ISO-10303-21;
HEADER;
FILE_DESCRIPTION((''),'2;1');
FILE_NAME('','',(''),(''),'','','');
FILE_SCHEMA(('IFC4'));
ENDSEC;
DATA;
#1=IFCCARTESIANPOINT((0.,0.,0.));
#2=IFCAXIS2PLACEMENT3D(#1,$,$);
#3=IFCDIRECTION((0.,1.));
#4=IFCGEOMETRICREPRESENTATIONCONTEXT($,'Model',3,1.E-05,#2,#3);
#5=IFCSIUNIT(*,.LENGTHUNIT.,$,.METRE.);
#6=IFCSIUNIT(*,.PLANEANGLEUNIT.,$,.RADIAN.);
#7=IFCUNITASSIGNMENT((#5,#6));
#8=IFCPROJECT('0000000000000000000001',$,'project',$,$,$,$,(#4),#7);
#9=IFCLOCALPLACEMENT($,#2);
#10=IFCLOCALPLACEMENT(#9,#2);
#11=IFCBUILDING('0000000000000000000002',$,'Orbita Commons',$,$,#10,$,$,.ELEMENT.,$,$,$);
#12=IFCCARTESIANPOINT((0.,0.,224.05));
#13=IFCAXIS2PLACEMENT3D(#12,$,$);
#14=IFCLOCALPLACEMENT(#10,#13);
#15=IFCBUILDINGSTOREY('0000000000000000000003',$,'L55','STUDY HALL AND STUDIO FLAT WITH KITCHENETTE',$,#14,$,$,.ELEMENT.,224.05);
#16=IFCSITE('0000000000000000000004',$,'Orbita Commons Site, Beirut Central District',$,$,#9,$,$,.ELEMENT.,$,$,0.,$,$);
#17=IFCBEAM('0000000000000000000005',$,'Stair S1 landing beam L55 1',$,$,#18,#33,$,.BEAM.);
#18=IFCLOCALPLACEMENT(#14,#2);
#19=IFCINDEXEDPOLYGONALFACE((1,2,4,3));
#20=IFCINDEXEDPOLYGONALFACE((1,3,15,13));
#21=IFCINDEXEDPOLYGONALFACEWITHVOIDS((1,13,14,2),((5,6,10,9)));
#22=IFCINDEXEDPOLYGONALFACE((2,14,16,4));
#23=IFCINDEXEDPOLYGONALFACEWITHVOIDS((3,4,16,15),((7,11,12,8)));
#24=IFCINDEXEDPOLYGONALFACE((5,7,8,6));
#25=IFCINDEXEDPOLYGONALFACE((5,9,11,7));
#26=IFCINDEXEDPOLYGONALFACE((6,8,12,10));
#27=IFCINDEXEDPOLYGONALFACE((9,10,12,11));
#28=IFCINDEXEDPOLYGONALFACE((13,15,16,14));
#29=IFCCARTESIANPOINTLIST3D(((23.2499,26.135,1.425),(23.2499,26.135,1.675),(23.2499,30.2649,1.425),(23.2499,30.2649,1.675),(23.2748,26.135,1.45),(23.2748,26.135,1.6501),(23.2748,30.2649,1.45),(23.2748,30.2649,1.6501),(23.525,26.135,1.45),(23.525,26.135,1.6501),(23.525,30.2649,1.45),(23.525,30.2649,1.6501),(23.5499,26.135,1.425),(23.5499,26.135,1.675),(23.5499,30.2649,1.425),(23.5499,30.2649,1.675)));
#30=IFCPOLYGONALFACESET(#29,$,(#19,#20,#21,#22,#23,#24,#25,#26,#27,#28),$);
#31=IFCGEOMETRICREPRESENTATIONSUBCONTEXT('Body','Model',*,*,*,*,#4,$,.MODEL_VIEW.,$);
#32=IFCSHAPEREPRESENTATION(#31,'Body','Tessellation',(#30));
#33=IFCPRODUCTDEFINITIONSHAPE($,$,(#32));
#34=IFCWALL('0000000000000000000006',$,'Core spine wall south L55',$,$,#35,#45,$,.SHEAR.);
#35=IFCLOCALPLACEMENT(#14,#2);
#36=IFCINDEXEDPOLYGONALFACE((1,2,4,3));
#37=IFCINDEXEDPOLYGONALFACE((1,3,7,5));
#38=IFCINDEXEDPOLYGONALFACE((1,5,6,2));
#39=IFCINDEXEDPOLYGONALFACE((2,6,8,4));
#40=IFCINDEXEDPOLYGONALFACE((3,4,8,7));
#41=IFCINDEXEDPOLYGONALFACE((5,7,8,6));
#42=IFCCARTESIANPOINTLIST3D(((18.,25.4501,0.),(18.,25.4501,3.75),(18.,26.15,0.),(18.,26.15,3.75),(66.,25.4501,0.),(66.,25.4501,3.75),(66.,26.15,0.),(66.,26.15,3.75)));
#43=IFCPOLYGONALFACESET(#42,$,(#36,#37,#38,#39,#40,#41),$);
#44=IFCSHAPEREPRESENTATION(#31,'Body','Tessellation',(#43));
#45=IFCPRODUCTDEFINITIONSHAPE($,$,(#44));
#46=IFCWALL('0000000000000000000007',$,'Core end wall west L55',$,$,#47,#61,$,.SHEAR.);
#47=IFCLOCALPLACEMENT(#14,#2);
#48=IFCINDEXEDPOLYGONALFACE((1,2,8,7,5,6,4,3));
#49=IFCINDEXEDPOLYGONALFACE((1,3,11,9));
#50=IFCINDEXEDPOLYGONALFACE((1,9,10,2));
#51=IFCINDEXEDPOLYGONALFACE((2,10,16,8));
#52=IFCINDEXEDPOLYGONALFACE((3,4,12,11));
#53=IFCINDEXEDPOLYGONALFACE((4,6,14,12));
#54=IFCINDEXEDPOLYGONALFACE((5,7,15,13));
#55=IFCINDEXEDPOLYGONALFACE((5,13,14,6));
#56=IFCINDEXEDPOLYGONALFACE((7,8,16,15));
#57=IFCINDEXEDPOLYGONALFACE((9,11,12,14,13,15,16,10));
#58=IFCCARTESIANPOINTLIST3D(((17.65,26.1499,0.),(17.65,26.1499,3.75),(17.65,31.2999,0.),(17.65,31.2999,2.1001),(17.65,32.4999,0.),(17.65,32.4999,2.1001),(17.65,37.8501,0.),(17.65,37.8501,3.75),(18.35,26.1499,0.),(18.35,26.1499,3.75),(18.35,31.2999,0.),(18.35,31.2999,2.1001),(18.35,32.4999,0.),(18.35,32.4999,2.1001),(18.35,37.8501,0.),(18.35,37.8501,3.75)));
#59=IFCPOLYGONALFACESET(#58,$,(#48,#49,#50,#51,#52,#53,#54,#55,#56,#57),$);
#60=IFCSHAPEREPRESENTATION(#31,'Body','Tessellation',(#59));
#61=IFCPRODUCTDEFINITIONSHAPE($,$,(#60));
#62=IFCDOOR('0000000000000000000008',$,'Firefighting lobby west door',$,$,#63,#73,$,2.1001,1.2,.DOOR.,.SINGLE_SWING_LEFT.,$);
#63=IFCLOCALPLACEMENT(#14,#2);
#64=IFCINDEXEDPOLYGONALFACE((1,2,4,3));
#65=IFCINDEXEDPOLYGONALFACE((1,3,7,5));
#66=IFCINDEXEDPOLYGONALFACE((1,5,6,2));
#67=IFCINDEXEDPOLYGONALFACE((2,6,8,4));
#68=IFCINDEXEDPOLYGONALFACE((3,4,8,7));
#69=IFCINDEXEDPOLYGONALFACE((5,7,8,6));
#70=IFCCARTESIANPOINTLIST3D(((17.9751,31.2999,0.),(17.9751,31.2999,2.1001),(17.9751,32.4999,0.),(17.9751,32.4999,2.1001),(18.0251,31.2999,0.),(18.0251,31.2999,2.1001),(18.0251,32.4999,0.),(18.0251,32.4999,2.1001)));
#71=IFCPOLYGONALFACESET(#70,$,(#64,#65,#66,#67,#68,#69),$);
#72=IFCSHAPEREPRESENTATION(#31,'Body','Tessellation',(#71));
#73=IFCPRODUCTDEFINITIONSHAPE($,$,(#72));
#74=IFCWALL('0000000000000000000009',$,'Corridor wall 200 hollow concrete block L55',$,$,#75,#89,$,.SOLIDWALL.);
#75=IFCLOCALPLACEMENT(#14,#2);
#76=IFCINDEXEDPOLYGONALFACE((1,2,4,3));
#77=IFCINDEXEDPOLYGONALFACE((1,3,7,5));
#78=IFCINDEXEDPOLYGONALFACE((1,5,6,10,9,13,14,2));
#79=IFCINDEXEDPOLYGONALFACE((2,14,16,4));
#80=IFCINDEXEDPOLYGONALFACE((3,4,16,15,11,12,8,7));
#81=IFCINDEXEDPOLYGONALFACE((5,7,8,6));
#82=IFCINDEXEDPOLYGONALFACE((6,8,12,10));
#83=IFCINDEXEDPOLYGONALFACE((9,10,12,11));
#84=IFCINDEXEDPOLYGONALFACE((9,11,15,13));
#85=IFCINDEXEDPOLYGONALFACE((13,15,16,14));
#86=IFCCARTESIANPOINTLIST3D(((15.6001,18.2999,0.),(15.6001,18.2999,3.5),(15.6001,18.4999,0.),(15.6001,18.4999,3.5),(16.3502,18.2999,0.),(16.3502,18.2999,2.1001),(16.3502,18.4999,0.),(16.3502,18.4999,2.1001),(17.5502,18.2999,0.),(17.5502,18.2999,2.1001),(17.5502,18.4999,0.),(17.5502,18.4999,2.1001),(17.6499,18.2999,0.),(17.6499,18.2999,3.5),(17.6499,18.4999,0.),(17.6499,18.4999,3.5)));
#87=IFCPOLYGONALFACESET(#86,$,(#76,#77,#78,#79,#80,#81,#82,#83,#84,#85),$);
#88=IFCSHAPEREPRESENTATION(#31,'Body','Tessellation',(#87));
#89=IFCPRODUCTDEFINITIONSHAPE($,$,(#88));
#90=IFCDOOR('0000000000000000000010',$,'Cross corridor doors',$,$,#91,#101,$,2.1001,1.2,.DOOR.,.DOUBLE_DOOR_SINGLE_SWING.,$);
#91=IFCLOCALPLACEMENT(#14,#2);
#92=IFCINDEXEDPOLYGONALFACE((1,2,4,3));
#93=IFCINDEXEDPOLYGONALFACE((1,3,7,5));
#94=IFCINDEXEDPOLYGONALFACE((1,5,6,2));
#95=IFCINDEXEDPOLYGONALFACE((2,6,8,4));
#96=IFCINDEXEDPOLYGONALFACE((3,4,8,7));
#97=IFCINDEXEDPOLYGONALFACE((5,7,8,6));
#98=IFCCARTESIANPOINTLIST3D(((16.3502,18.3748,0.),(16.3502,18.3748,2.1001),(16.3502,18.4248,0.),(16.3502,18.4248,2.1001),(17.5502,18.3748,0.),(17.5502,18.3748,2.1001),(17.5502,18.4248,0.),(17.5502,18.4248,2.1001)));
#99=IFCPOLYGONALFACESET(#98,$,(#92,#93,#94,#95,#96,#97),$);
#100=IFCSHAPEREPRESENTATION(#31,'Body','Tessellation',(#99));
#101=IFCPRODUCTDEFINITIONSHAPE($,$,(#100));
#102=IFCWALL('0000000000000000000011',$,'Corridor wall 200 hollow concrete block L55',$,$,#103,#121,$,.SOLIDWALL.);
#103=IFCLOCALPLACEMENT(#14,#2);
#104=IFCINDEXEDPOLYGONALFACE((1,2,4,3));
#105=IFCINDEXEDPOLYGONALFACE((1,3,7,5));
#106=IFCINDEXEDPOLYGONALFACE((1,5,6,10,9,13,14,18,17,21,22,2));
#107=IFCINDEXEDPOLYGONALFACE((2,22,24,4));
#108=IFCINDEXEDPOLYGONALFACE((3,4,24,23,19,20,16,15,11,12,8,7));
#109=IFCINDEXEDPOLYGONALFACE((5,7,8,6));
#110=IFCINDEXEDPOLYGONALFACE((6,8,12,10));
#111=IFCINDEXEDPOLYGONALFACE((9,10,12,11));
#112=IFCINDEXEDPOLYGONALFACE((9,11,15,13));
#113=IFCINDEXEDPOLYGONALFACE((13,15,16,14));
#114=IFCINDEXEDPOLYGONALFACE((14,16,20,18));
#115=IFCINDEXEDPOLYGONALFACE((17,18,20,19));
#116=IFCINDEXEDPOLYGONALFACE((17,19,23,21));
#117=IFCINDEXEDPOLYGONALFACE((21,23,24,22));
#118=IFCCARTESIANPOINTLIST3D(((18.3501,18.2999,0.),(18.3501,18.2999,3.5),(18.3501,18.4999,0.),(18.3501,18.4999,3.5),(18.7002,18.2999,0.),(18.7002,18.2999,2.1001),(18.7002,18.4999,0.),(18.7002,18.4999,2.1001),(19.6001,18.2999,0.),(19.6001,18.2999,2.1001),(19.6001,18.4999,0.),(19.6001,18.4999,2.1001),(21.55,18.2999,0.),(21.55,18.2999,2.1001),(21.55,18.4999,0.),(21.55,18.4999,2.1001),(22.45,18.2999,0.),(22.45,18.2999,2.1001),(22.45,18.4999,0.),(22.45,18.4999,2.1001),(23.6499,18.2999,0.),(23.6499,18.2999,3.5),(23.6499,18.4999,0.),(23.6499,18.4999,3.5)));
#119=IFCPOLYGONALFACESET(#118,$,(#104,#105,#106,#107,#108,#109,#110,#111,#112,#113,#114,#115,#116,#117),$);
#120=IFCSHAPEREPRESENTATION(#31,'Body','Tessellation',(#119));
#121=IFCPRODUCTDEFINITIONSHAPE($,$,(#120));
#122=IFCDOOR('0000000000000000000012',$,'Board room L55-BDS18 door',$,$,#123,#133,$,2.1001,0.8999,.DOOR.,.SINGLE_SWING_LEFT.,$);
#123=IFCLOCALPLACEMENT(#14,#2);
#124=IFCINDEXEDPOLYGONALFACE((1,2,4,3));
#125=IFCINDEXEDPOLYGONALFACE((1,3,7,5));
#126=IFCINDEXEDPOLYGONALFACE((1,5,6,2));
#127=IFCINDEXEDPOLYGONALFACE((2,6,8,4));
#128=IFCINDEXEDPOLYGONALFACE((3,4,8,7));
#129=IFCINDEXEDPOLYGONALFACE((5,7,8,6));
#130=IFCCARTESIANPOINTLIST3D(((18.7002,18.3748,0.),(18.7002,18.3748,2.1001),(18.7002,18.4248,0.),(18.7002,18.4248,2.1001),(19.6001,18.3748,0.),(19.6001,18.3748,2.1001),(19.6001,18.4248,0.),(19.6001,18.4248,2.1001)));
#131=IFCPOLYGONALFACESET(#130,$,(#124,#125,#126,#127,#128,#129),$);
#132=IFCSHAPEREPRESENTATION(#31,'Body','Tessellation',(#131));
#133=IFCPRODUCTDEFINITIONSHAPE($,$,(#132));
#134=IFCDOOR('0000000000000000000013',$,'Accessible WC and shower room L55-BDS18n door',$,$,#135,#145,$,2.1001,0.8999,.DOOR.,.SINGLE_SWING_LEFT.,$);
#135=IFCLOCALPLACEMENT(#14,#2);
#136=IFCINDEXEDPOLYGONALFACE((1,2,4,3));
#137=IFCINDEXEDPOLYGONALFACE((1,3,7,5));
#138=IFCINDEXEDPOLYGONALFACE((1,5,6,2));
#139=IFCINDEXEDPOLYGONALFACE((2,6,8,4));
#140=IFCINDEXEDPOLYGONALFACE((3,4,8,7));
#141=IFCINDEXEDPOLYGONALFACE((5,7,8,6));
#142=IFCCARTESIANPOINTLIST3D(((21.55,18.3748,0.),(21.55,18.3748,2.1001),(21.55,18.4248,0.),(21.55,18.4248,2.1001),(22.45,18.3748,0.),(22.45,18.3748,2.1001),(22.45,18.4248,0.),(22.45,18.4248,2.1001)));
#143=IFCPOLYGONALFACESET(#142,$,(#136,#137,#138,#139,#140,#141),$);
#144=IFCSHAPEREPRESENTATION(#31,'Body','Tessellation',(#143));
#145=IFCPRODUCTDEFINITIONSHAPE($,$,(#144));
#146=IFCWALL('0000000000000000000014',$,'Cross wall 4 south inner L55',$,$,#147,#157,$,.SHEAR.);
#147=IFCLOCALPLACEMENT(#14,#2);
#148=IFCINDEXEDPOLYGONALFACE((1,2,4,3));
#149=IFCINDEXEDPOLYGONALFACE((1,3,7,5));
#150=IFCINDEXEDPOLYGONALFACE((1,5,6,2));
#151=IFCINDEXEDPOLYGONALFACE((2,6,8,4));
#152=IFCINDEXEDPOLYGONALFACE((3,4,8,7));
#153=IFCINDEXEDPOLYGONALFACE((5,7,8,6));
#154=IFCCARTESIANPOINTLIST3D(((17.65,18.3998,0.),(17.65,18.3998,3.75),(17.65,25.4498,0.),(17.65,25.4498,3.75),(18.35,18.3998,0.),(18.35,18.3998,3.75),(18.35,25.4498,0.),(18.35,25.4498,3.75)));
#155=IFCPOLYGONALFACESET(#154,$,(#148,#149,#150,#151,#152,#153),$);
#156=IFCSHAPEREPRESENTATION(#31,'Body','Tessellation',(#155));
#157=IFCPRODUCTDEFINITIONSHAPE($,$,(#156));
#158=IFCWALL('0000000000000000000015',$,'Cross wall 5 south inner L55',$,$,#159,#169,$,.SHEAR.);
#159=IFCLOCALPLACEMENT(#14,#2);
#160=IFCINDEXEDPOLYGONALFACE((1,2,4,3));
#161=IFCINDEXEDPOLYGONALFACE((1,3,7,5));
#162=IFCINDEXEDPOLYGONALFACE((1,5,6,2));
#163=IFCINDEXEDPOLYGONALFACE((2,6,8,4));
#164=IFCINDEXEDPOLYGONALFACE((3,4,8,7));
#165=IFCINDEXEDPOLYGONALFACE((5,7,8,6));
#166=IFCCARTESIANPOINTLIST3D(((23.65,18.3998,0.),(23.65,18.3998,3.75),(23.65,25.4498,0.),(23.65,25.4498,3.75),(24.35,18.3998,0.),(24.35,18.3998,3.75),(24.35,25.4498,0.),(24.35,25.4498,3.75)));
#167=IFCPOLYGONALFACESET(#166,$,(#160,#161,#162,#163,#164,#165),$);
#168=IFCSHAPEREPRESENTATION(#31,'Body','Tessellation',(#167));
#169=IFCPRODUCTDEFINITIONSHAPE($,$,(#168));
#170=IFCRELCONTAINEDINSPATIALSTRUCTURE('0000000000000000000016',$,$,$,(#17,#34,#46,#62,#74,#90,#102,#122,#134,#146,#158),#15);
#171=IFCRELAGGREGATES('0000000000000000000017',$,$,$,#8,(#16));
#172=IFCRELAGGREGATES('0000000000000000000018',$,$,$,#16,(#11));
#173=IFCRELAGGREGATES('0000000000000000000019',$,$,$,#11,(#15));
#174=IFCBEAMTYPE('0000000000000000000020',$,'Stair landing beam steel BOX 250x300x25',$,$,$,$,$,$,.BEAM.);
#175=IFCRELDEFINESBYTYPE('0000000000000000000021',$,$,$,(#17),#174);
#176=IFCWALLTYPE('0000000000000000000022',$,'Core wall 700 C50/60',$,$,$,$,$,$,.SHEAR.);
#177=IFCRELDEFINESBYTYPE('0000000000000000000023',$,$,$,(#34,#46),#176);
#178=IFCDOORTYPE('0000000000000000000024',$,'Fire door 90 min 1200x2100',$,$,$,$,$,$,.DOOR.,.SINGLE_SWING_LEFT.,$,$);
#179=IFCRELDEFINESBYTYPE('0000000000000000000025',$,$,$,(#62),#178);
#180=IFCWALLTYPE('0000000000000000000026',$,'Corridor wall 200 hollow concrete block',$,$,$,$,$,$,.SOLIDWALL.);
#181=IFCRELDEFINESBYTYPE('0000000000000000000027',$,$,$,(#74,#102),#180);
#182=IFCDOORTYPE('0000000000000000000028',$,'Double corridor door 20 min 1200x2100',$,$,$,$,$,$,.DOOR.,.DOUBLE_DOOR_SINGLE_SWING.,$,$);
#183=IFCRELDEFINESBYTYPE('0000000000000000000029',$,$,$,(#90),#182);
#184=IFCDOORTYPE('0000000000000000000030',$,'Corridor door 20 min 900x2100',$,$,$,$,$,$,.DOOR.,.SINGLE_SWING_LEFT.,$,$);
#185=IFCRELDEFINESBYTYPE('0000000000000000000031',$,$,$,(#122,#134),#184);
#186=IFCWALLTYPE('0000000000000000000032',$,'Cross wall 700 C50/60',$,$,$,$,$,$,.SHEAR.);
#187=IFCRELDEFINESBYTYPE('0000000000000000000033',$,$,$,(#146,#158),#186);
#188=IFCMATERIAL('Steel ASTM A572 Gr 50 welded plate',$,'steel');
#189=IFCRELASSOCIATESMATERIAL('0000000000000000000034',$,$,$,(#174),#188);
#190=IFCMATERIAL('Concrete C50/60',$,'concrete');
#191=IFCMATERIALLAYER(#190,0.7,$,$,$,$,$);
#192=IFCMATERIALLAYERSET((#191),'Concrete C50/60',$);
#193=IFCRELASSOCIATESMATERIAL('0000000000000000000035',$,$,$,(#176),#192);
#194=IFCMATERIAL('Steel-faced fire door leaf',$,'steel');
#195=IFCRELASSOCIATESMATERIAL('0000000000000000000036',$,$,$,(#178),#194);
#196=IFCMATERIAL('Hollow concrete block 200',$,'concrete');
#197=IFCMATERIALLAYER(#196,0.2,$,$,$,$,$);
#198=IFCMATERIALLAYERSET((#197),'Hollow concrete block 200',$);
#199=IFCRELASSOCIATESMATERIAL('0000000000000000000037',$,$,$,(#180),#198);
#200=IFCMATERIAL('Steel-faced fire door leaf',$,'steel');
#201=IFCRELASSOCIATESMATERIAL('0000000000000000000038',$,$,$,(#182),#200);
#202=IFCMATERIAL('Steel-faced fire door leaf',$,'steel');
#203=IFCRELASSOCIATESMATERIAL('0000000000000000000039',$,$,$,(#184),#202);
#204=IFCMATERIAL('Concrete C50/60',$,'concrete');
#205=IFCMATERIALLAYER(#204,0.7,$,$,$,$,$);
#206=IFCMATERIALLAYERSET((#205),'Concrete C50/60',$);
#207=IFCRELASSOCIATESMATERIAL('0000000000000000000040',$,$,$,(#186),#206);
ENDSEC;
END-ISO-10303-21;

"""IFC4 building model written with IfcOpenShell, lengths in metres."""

from ifc_helpers import new_model, si_unit, direction, frame, frame_2d, origin, origin_2d, place, context, subcontext, project, spatial, rectangle, hollow_rectangle, extrude, material, layer, layer_set, material_profile, profile_set, type_object, element, fill, save


model = new_model("IFC4")

# Units and contexts
model_context = context("Model", 3, precision=1e-05, world=origin(), true_north=direction((0.0, 1.0)))
body_context = subcontext(model_context, "Body", "Model", "MODEL_VIEW")
ifc_project = project(units=[si_unit("LENGTHUNIT", "METRE"), si_unit("PLANEANGLEUNIT", "RADIAN")], contexts=[model_context])

# Site, building, storey
site_placement = place(None, origin())
site = spatial("IfcSite", under=ifc_project, at=site_placement, Name="Orbita Commons Site, Beirut Central District", CompositionType="ELEMENT", RefElevation=0.0)
building_placement = place(site_placement, origin())
building = spatial("IfcBuilding", under=site, at=building_placement, Name="Orbita Commons", CompositionType="ELEMENT")
storey_placement = place(building_placement, frame((0.0, 0.0, 224.05)))
storey = spatial("IfcBuildingStorey", under=building, at=storey_placement, Name="L55", Description="STUDY HALL AND STUDIO FLAT WITH KITCHENETTE", CompositionType="ELEMENT", Elevation=224.05)

# Beam
ifc_material_1 = material(Name="Steel ASTM A572 Gr 50 welded plate", Category="steel")
ifc_material_profile = material_profile(ifc_material_1, hollow_rectangle(XDim=0.3, YDim=0.25, WallThickness=0.0249, at=origin_2d()), Name="BOX 250x300x25")
ifc_profile_set = profile_set([ifc_material_profile], Name="Steel ASTM A572 Gr 50 welded plate")
beam_type = type_object("IfcBeamType", Name="Stair landing beam steel BOX 250x300x25", PredefinedType="BEAM", material=ifc_profile_set)
beam_placement = place(storey_placement, frame((23.3999, 26.135, 1.55), z_axis=(0.0, 1.0, 0.0), x_axis=(-1.0, 0.0, 0.0)))
element("IfcBeam", 1, at=beam_placement, inside=storey, type_object=beam_type, Name="Stair S1 landing beam L55 1", PredefinedType="BEAM", context=body_context, shape_type="SweptSolid", body=[
    extrude(hollow_rectangle(XDim=0.3, YDim=0.25, WallThickness=0.0249, at=origin_2d()), origin(), (0.0, 0.0, 1.0), 4.1299),
])

# Wall
ifc_material_2 = material(Name="Concrete C50/60", Category="concrete")
ifc_layer_1 = layer(ifc_material_2, 0.7)
ifc_layer_set_1 = layer_set([ifc_layer_1], Name="Concrete C50/60")
wall_type_1 = type_object("IfcWallType", Name="Core wall 700 C50/60", PredefinedType="SHEAR", material=ifc_layer_set_1)
wall_1_placement = place(storey_placement, frame((18.0, 25.8, 0.0), z_axis=(0.0, 0.0, 1.0), x_axis=(1.0, 0.0, 0.0)))
element("IfcWall", 2, at=wall_1_placement, inside=storey, type_object=wall_type_1, Name="Core spine wall south L55", PredefinedType="SHEAR", context=body_context, shape_type="SweptSolid", body=[
    extrude(rectangle(XDim=48.0, YDim=0.7, at=frame_2d((24.0, 0.0))), origin(), (0.0, 0.0, 1.0), 3.75),
])

# Walls, openings, doors
wall_2_placement = place(storey_placement, frame((18.0, 26.1499, 0.0), z_axis=(0.0, 0.0, 1.0), x_axis=(0.0, 1.0, 0.0)))
wall_2 = element("IfcWall", 3, at=wall_2_placement, inside=storey, type_object=wall_type_1, Name="Core end wall west L55", PredefinedType="SHEAR", context=body_context, shape_type="SweptSolid", body=[
    extrude(rectangle(XDim=11.7002, YDim=0.7, at=frame_2d((5.8501, 0.0))), origin(), (0.0, 0.0, 1.0), 3.75),
])
opening_1_placement = place(wall_2_placement, frame((5.1499, 0.0, 0.0)))
opening_1 = element("IfcOpeningElement", 4, at=opening_1_placement, cuts=wall_2, PredefinedType="OPENING", context=body_context, shape_type="SweptSolid", body=[
    extrude(rectangle(XDim=1.2, YDim=2.1001, at=frame_2d((0.6001, 1.05))), frame((0.0, 0.3599, 0.0), z_axis=(0.0, -1.0, 0.0), x_axis=(1.0, 0.0, 0.0)), (0.0, 0.0, 1.0), 0.72),
])
ifc_material_3 = material(Name="Steel-faced fire door leaf", Category="steel")
door_type_1 = type_object("IfcDoorType", Name="Fire door 90 min 1200x2100", OperationType="SINGLE_SWING_LEFT", PredefinedType="DOOR", material=ifc_material_3)
door_1_placement = place(opening_1_placement, origin())
door_1 = element("IfcDoor", 5, at=door_1_placement, inside=storey, type_object=door_type_1, Name="Firefighting lobby west door", OperationType="SINGLE_SWING_LEFT", OverallHeight=2.1001, OverallWidth=1.2, PredefinedType="DOOR", context=body_context, shape_type="SweptSolid", body=[
    extrude(rectangle(XDim=1.2, YDim=2.1001, at=frame_2d((0.6001, 1.05))), frame((0.0, 0.0249, 0.0), z_axis=(0.0, -1.0, 0.0), x_axis=(1.0, 0.0, 0.0)), (0.0, 0.0, 1.0), 0.05),
])
fill(opening_1, door_1)
ifc_material_4 = material(Name="Hollow concrete block 200", Category="concrete")
ifc_layer_2 = layer(ifc_material_4, 0.2)
ifc_layer_set_2 = layer_set([ifc_layer_2], Name="Hollow concrete block 200")
wall_type_2 = type_object("IfcWallType", Name="Corridor wall 200 hollow concrete block", PredefinedType="SOLIDWALL", material=ifc_layer_set_2)
wall_3_placement = place(storey_placement, frame((15.6001, 18.3999, 0.0), z_axis=(0.0, 0.0, 1.0), x_axis=(1.0, 0.0, 0.0)))
wall_3 = element("IfcWall", 6, at=wall_3_placement, inside=storey, type_object=wall_type_2, Name="Corridor wall 200 hollow concrete block L55", PredefinedType="SOLIDWALL", context=body_context, shape_type="SweptSolid", body=[
    extrude(rectangle(XDim=2.0498, YDim=0.2, at=frame_2d((1.0249, 0.0))), origin(), (0.0, 0.0, 1.0), 3.5),
])
opening_2_placement = place(wall_3_placement, frame((0.75, 0.0, 0.0)))
opening_2 = element("IfcOpeningElement", 7, at=opening_2_placement, cuts=wall_3, PredefinedType="OPENING", context=body_context, shape_type="SweptSolid", body=[
    extrude(rectangle(XDim=1.2, YDim=2.1001, at=frame_2d((0.6001, 1.05))), frame((0.0, 0.1099, 0.0), z_axis=(0.0, -1.0, 0.0), x_axis=(1.0, 0.0, 0.0)), (0.0, 0.0, 1.0), 0.22),
])
ifc_material_5 = material(Name="Steel-faced fire door leaf", Category="steel")
door_type_2 = type_object("IfcDoorType", Name="Double corridor door 20 min 1200x2100", OperationType="DOUBLE_DOOR_SINGLE_SWING", PredefinedType="DOOR", material=ifc_material_5)
door_2_placement = place(opening_2_placement, origin())
door_2 = element("IfcDoor", 8, at=door_2_placement, inside=storey, type_object=door_type_2, Name="Cross corridor doors", OperationType="DOUBLE_DOOR_SINGLE_SWING", OverallHeight=2.1001, OverallWidth=1.2, PredefinedType="DOOR", context=body_context, shape_type="SweptSolid", body=[
    extrude(rectangle(XDim=1.2, YDim=2.1001, at=frame_2d((0.6001, 1.05))), frame((0.0, 0.0249, 0.0), z_axis=(0.0, -1.0, 0.0), x_axis=(1.0, 0.0, 0.0)), (0.0, 0.0, 1.0), 0.05),
])
fill(opening_2, door_2)

# Wall, openings, doors
wall_4_placement = place(storey_placement, frame((18.3501, 18.3999, 0.0), z_axis=(0.0, 0.0, 1.0), x_axis=(1.0, 0.0, 0.0)))
wall_4 = element("IfcWall", 9, at=wall_4_placement, inside=storey, type_object=wall_type_2, Name="Corridor wall 200 hollow concrete block L55", PredefinedType="SOLIDWALL", context=body_context, shape_type="SweptSolid", body=[
    extrude(rectangle(XDim=5.2998, YDim=0.2, at=frame_2d((2.6499, 0.0))), origin(), (0.0, 0.0, 1.0), 3.5),
])
opening_3_placement = place(wall_4_placement, frame((0.3501, 0.0, 0.0)))
opening_3 = element("IfcOpeningElement", 10, at=opening_3_placement, cuts=wall_4, PredefinedType="OPENING", context=body_context, shape_type="SweptSolid", body=[
    extrude(rectangle(XDim=0.8999, YDim=2.1001, at=frame_2d((0.45, 1.05))), frame((0.0, 0.1099, 0.0), z_axis=(0.0, -1.0, 0.0), x_axis=(1.0, 0.0, 0.0)), (0.0, 0.0, 1.0), 0.22),
])
opening_4_placement = place(wall_4_placement, frame((3.2, 0.0, 0.0)))
opening_4 = element("IfcOpeningElement", 11, at=opening_4_placement, cuts=wall_4, PredefinedType="OPENING", context=body_context, shape_type="SweptSolid", body=[
    extrude(rectangle(XDim=0.8999, YDim=2.1001, at=frame_2d((0.45, 1.05))), frame((0.0, 0.1099, 0.0), z_axis=(0.0, -1.0, 0.0), x_axis=(1.0, 0.0, 0.0)), (0.0, 0.0, 1.0), 0.22),
])
ifc_material_6 = material(Name="Steel-faced fire door leaf", Category="steel")
door_type_3 = type_object("IfcDoorType", Name="Corridor door 20 min 900x2100", OperationType="SINGLE_SWING_LEFT", PredefinedType="DOOR", material=ifc_material_6)
door_3_placement = place(opening_3_placement, origin())
door_3 = element("IfcDoor", 12, at=door_3_placement, inside=storey, type_object=door_type_3, Name="Board room L55-BDS18 door", OperationType="SINGLE_SWING_LEFT", OverallHeight=2.1001, OverallWidth=0.8999, PredefinedType="DOOR", context=body_context, shape_type="SweptSolid", body=[
    extrude(rectangle(XDim=0.8999, YDim=2.1001, at=frame_2d((0.45, 1.05))), frame((0.0, 0.0249, 0.0), z_axis=(0.0, -1.0, 0.0), x_axis=(1.0, 0.0, 0.0)), (0.0, 0.0, 1.0), 0.05),
])
fill(opening_3, door_3)
door_4_placement = place(opening_4_placement, origin())
door_4 = element("IfcDoor", 13, at=door_4_placement, inside=storey, type_object=door_type_3, Name="Accessible WC and shower room L55-BDS18n door", OperationType="SINGLE_SWING_LEFT", OverallHeight=2.1001, OverallWidth=0.8999, PredefinedType="DOOR", context=body_context, shape_type="SweptSolid", body=[
    extrude(rectangle(XDim=0.8999, YDim=2.1001, at=frame_2d((0.45, 1.05))), frame((0.0, 0.0249, 0.0), z_axis=(0.0, -1.0, 0.0), x_axis=(1.0, 0.0, 0.0)), (0.0, 0.0, 1.0), 0.05),
])
fill(opening_4, door_4)

# Walls
ifc_material_7 = material(Name="Concrete C50/60", Category="concrete")
ifc_layer_3 = layer(ifc_material_7, 0.7)
ifc_layer_set_3 = layer_set([ifc_layer_3], Name="Concrete C50/60")
wall_type_3 = type_object("IfcWallType", Name="Cross wall 700 C50/60", PredefinedType="SHEAR", material=ifc_layer_set_3)
for number, where, z_axis, x_axis, name in (
    (14, (18.0, 18.3999, 0.0), (0.0, 0.0, 1.0), (0.0, 1.0, 0.0), "Cross wall 4 south inner L55"),
    (15, (24.0, 18.3999, 0.0), (0.0, 0.0, 1.0), (0.0, 1.0, 0.0), "Cross wall 5 south inner L55"),
):
    element("IfcWall", number, at=place(storey_placement, frame(where, z_axis=z_axis, x_axis=x_axis)), inside=storey, type_object=wall_type_3, Name=name, PredefinedType="SHEAR", context=body_context, shape_type="SweptSolid", body=[
        extrude(rectangle(XDim=7.05, YDim=0.7, at=frame_2d((3.5249, 0.0))), origin(), (0.0, 0.0, 1.0), 3.75),
    ])

save(model, "model.ifc")
